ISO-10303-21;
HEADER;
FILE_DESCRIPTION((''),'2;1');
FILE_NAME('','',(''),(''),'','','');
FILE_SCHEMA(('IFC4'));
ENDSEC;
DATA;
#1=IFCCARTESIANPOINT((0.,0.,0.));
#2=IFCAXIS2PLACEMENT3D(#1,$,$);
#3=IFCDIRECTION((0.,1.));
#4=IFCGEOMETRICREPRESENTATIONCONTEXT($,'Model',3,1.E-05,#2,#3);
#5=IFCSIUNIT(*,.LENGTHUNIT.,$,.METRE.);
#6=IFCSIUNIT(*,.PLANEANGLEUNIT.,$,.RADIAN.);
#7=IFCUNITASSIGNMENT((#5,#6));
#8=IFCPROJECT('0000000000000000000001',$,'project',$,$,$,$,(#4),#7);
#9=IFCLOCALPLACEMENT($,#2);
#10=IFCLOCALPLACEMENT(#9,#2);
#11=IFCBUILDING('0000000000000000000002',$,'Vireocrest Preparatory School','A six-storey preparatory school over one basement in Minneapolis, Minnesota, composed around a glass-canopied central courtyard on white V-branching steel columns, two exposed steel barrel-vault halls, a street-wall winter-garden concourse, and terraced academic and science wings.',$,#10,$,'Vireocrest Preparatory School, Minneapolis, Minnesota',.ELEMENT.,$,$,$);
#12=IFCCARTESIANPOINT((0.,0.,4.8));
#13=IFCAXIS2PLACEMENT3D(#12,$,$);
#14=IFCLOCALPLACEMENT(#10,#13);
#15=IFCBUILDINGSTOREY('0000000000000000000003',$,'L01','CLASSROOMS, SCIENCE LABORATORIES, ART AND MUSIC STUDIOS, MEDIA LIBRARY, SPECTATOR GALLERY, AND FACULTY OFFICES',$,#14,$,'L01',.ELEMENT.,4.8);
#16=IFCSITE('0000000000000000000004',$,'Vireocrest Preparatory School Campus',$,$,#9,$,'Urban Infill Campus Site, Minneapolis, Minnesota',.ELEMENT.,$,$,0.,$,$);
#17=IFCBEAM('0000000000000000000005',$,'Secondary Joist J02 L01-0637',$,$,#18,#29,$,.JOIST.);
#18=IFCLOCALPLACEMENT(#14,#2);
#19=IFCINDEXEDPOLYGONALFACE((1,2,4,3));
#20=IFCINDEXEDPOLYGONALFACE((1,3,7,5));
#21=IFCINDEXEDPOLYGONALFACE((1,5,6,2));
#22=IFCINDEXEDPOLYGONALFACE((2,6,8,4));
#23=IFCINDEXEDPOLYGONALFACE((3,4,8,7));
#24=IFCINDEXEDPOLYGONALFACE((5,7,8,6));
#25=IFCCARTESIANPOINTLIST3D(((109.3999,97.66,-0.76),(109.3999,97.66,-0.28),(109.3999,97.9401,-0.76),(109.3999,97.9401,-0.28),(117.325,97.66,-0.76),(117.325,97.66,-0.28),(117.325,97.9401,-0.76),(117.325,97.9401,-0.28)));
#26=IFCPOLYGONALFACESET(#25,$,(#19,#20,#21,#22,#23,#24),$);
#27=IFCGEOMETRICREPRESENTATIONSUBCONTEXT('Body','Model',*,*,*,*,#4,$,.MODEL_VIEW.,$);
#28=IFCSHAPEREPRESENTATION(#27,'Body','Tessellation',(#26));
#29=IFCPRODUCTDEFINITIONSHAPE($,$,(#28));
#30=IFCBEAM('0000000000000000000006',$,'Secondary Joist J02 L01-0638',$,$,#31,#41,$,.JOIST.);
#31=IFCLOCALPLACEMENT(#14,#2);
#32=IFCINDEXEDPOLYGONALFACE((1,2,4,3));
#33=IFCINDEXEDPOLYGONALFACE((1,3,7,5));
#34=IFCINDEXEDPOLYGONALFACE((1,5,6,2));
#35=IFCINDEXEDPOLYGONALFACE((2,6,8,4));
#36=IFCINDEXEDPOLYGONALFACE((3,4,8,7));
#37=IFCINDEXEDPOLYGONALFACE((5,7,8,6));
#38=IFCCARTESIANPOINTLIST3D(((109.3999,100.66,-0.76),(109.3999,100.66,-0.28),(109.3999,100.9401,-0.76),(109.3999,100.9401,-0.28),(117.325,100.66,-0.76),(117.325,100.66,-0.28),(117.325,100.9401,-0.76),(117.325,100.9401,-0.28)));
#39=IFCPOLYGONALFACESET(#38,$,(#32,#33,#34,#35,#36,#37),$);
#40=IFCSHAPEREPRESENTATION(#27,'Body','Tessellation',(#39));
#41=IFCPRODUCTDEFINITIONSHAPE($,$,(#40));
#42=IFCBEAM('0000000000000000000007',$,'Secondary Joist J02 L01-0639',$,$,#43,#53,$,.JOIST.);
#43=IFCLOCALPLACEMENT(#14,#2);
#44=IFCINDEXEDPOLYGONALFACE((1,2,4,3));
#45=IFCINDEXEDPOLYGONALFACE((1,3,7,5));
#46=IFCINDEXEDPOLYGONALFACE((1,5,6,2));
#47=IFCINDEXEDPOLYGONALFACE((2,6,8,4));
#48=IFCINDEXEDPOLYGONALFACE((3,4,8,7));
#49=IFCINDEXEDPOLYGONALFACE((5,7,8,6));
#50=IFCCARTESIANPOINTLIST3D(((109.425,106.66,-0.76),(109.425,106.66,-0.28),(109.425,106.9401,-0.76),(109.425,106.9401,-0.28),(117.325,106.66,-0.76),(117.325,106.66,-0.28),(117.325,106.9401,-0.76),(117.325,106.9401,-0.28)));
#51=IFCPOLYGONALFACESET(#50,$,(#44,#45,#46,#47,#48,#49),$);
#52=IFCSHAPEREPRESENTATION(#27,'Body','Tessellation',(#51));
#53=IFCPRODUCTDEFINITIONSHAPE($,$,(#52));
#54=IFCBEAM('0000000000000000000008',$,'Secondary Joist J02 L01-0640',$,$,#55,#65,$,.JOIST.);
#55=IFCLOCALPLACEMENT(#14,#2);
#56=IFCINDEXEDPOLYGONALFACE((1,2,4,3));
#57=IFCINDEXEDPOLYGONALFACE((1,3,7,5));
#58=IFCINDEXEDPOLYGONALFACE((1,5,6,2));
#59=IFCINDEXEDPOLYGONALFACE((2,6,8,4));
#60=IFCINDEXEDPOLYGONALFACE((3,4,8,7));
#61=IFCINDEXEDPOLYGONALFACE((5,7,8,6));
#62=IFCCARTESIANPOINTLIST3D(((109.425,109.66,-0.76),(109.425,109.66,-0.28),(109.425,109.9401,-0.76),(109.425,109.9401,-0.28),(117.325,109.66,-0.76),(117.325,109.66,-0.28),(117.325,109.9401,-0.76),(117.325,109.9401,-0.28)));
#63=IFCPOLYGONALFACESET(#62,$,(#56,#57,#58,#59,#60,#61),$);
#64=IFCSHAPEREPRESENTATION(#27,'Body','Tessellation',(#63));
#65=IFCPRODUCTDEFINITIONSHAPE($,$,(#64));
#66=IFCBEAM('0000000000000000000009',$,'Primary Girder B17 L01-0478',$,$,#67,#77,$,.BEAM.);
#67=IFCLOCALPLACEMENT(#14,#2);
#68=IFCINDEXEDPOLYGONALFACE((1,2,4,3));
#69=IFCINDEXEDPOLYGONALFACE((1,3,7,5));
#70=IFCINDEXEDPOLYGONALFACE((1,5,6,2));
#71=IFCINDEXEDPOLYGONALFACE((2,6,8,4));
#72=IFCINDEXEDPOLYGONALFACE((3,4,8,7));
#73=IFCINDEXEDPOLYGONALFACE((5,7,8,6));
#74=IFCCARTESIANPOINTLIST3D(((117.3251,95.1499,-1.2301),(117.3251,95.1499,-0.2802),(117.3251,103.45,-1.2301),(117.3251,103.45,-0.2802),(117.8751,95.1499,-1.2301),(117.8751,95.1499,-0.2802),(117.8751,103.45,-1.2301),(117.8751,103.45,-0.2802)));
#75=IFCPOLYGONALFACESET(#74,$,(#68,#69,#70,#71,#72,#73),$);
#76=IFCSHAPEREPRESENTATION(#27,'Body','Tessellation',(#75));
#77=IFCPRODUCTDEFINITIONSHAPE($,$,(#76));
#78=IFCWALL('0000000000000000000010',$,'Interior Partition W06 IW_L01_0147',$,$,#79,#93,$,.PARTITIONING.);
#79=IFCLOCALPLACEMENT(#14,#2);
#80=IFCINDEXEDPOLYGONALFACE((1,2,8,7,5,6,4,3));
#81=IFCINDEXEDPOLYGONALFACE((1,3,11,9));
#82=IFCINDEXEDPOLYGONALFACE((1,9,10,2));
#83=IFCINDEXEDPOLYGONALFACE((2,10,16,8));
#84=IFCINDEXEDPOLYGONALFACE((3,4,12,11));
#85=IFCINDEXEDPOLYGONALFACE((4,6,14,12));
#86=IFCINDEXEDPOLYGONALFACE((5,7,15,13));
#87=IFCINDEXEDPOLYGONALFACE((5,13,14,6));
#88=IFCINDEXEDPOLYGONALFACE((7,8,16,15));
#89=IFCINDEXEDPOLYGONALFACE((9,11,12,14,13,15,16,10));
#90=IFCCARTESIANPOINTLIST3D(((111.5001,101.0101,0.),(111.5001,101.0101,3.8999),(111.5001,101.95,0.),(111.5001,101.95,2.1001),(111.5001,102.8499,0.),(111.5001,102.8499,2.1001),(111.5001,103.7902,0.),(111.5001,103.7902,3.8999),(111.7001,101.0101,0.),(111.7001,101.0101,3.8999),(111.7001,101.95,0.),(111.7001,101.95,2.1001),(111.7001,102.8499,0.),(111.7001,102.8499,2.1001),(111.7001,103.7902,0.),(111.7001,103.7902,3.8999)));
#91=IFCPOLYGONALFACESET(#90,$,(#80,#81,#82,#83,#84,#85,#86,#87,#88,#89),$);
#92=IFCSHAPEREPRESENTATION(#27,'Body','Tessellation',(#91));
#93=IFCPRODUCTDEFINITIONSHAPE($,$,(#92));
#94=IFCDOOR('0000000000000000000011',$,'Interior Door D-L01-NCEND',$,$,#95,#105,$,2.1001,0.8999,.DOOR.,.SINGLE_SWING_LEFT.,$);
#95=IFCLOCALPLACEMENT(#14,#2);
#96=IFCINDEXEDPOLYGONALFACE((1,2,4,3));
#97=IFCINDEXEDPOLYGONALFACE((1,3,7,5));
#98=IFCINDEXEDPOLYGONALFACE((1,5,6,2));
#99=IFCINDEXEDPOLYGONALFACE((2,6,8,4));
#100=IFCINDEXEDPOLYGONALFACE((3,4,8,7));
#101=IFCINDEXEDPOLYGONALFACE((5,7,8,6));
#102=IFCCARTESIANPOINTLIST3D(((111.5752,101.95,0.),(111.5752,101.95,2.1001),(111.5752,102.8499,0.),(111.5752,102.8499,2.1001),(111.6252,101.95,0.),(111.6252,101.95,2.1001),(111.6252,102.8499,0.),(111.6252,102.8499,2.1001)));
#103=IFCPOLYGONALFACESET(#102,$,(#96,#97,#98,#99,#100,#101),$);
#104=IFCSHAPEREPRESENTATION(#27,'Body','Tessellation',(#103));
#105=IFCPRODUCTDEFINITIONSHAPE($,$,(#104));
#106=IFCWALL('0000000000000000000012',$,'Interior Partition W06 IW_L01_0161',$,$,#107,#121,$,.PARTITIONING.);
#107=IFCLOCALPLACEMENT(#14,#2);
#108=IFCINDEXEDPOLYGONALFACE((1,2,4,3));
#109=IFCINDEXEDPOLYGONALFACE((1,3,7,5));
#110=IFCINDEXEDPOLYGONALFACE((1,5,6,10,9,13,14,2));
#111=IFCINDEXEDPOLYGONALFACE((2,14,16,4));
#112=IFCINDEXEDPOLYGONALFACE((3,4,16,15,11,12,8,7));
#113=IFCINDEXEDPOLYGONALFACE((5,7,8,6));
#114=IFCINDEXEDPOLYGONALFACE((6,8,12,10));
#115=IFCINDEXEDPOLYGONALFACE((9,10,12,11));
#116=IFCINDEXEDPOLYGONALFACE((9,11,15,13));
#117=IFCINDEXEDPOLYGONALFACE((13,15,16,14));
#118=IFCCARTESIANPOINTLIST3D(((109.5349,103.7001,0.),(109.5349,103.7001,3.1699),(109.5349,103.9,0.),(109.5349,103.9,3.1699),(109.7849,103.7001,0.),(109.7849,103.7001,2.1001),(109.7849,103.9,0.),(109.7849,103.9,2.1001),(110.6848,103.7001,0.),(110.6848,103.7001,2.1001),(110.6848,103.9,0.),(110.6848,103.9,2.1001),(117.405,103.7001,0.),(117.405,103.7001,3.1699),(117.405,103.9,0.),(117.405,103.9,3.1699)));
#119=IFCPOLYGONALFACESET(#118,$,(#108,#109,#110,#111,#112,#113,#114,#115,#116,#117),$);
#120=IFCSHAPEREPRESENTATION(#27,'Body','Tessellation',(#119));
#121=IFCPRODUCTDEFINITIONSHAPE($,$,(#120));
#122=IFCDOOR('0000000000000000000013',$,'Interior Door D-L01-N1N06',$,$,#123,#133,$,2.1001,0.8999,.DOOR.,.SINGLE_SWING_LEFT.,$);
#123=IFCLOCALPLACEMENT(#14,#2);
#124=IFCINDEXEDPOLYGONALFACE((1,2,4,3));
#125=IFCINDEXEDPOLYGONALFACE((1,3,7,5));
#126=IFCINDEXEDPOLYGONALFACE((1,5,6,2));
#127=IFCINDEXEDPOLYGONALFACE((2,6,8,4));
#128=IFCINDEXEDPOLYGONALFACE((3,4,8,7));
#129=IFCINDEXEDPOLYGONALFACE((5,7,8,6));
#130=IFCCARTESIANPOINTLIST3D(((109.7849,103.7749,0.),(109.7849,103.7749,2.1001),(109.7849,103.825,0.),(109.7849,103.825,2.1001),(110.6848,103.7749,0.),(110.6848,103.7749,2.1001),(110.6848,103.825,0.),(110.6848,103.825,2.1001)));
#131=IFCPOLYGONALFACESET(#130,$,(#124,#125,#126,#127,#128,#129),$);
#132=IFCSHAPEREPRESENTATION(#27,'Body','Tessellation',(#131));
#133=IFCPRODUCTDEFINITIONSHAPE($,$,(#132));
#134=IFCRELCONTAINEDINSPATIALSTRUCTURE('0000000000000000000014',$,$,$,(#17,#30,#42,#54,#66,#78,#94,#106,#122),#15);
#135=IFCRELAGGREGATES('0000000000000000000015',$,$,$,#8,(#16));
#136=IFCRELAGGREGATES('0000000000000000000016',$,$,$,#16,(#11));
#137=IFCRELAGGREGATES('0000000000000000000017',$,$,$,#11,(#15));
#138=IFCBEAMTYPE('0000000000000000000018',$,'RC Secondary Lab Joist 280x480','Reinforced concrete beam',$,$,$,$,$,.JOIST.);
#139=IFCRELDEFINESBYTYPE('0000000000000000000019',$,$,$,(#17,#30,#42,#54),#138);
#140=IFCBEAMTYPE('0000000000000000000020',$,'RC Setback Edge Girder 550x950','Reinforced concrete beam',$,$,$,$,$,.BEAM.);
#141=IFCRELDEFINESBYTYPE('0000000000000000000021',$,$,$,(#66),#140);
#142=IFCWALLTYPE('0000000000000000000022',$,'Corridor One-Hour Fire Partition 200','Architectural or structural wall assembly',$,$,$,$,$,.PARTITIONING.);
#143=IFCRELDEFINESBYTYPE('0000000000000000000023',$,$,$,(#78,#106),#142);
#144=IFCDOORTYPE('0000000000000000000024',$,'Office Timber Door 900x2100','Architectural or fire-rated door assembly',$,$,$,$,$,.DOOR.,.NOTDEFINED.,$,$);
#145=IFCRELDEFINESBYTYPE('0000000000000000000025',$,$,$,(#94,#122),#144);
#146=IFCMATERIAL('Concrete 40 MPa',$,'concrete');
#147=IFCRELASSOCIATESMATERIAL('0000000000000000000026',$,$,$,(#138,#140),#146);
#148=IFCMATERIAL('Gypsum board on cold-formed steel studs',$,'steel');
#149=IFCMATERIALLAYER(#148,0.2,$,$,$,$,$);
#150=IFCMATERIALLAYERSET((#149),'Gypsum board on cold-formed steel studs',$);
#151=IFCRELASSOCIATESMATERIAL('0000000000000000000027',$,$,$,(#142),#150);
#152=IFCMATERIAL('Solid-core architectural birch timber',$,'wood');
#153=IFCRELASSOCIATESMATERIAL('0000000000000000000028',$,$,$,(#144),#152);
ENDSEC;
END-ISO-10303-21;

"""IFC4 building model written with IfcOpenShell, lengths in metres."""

from ifc_helpers import new_model, si_unit, direction, frame, frame_2d, origin, origin_2d, place, context, subcontext, project, spatial, rectangle, extrude, material, layer, layer_set, material_profile, profile_set, type_object, element, fill, save


model = new_model("IFC4")

# Units and contexts
model_context = context("Model", 3, precision=1e-05, world=origin(), true_north=direction((0.0, 1.0)))
body_context = subcontext(model_context, "Body", "Model", "MODEL_VIEW")
ifc_project = project(units=[si_unit("LENGTHUNIT", "METRE"), si_unit("PLANEANGLEUNIT", "RADIAN")], contexts=[model_context])

# Site, building, storey
site_placement = place(None, origin())
site = spatial("IfcSite", under=ifc_project, at=site_placement, Name="Vireocrest Preparatory School Campus", LongName="Urban Infill Campus Site, Minneapolis, Minnesota", CompositionType="ELEMENT", RefElevation=0.0)
building_placement = place(site_placement, origin())
building = spatial("IfcBuilding", under=site, at=building_placement, Name="Vireocrest Preparatory School", Description="A six-storey preparatory school over one basement in Minneapolis, Minnesota, composed around a glass-canopied central courtyard on white V-branching steel columns, two exposed steel barrel-vault halls, a street-wall winter-garden concourse, and terraced academic and science wings.", LongName="Vireocrest Preparatory School, Minneapolis, Minnesota", CompositionType="ELEMENT")
storey_placement = place(building_placement, frame((0.0, 0.0, 4.8)))
storey = spatial("IfcBuildingStorey", under=building, at=storey_placement, Name="L01", Description="CLASSROOMS, SCIENCE LABORATORIES, ART AND MUSIC STUDIOS, MEDIA LIBRARY, SPECTATOR GALLERY, AND FACULTY OFFICES", LongName="L01", CompositionType="ELEMENT", Elevation=4.8)

# Beams
ifc_material_1 = material(Name="Concrete 40 MPa", Category="concrete")
ifc_material_profile_1 = material_profile(ifc_material_1, rectangle(XDim=0.28, YDim=0.48, at=origin_2d()), Name="RC 280x480")
ifc_profile_set_1 = profile_set([ifc_material_profile_1], Name="Concrete 40 MPa")
beam_type_1 = type_object("IfcBeamType", Name="RC Secondary Lab Joist 280x480", Description="Reinforced concrete beam", PredefinedType="JOIST", material=ifc_profile_set_1)
for number, where, z_axis, x_axis, name in (
    (1, (109.3999, 97.8, -0.52), (1.0, 0.0, 0.0), (0.0, 1.0, 0.0), "Secondary Joist J02 L01-0637"),
    (2, (109.3999, 100.8, -0.52), (1.0, 0.0, 0.0), (0.0, 1.0, 0.0), "Secondary Joist J02 L01-0638"),
):
    element("IfcBeam", number, at=place(storey_placement, frame(where, z_axis=z_axis, x_axis=x_axis)), inside=storey, type_object=beam_type_1, Name=name, PredefinedType="JOIST", context=body_context, shape_type="SweptSolid", body=[
        extrude(rectangle(XDim=0.28, YDim=0.48, at=origin_2d()), origin(), (0.0, 0.0, 1.0), 7.925),
    ])
for number, where, z_axis, x_axis, name in (
    (3, (109.425, 106.8, -0.52), (1.0, 0.0, 0.0), (0.0, 1.0, 0.0), "Secondary Joist J02 L01-0639"),
    (4, (109.425, 109.8, -0.52), (1.0, 0.0, 0.0), (0.0, 1.0, 0.0), "Secondary Joist J02 L01-0640"),
):
    element("IfcBeam", number, at=place(storey_placement, frame(where, z_axis=z_axis, x_axis=x_axis)), inside=storey, type_object=beam_type_1, Name=name, PredefinedType="JOIST", context=body_context, shape_type="SweptSolid", body=[
        extrude(rectangle(XDim=0.28, YDim=0.48, at=origin_2d()), origin(), (0.0, 0.0, 1.0), 7.8999),
    ])
ifc_material_profile_2 = material_profile(ifc_material_1, rectangle(XDim=0.55, YDim=0.95, at=origin_2d()), Name="RC 550x950")
ifc_profile_set_2 = profile_set([ifc_material_profile_2], Name="Concrete 40 MPa")
beam_type_2 = type_object("IfcBeamType", Name="RC Setback Edge Girder 550x950", Description="Reinforced concrete beam", PredefinedType="BEAM", material=ifc_profile_set_2)
beam_1_placement = place(storey_placement, frame((117.6001, 95.1499, -0.7551), z_axis=(0.0, 1.0, 0.0), x_axis=(-1.0, 0.0, 0.0)))
element("IfcBeam", 5, at=beam_1_placement, inside=storey, type_object=beam_type_2, Name="Primary Girder B17 L01-0478", PredefinedType="BEAM", context=body_context, shape_type="SweptSolid", body=[
    extrude(rectangle(XDim=0.55, YDim=0.95, at=origin_2d()), origin(), (0.0, 0.0, 1.0), 8.3),
])

# Walls, openings, doors
ifc_material_2 = material(Name="Gypsum board on cold-formed steel studs", Category="steel")
ifc_layer_1 = layer(ifc_material_2, 0.2)
ifc_layer_set_1 = layer_set([ifc_layer_1], Name="Gypsum board on cold-formed steel studs")
wall_type_1 = type_object("IfcWallType", Name="Corridor One-Hour Fire Partition 200", Description="Architectural or structural wall assembly", PredefinedType="PARTITIONING", material=ifc_layer_set_1)
wall_1_placement = place(storey_placement, frame((111.6001, 101.01, 0.0), z_axis=(0.0, 0.0, 1.0), x_axis=(0.0, 1.0, 0.0)))
wall_1 = element("IfcWall", 6, at=wall_1_placement, inside=storey, type_object=wall_type_1, Name="Interior Partition W06 IW_L01_0147", PredefinedType="PARTITIONING", context=body_context, shape_type="SweptSolid", body=[
    extrude(rectangle(XDim=2.78, YDim=0.2, at=frame_2d((1.3901, 0.0))), origin(), (0.0, 0.0, 1.0), 3.8999),
])
opening_1_placement = place(wall_1_placement, frame((0.9399, 0.0, 0.0)))
opening_1 = element("IfcOpeningElement", 7, at=opening_1_placement, cuts=wall_1, PredefinedType="OPENING", context=body_context, shape_type="SweptSolid", body=[
    extrude(rectangle(XDim=0.8999, YDim=2.1001, at=frame_2d((0.45, 1.05))), frame((0.0, 0.1099, 0.0), z_axis=(0.0, -1.0, 0.0), x_axis=(1.0, 0.0, 0.0)), (0.0, 0.0, 1.0), 0.22),
])
ifc_material_3 = material(Name="Solid-core architectural birch timber", Category="wood")
door_type = type_object("IfcDoorType", Name="Office Timber Door 900x2100", Description="Architectural or fire-rated door assembly", OperationType="NOTDEFINED", PredefinedType="DOOR", material=ifc_material_3)
door_1_placement = place(opening_1_placement, origin())
door_1 = element("IfcDoor", 8, at=door_1_placement, inside=storey, type_object=door_type, Name="Interior Door D-L01-NCEND", OperationType="SINGLE_SWING_LEFT", OverallHeight=2.1001, OverallWidth=0.8999, PredefinedType="DOOR", context=body_context, shape_type="SweptSolid", body=[
    extrude(rectangle(XDim=0.8999, YDim=2.1001, at=frame_2d((0.45, 1.05))), frame((0.0, 0.0249, 0.0), z_axis=(0.0, -1.0, 0.0), x_axis=(1.0, 0.0, 0.0)), (0.0, 0.0, 1.0), 0.05),
])
fill(opening_1, door_1)
wall_2_placement = place(storey_placement, frame((109.5349, 103.8, 0.0), z_axis=(0.0, 0.0, 1.0), x_axis=(1.0, 0.0, 0.0)))
wall_2 = element("IfcWall", 9, at=wall_2_placement, inside=storey, type_object=wall_type_1, Name="Interior Partition W06 IW_L01_0161", PredefinedType="PARTITIONING", context=body_context, shape_type="SweptSolid", body=[
    extrude(rectangle(XDim=7.8701, YDim=0.2, at=frame_2d((3.9351, 0.0))), origin(), (0.0, 0.0, 1.0), 3.1699),
])
opening_2_placement = place(wall_2_placement, frame((0.25, 0.0, 0.0)))
opening_2 = element("IfcOpeningElement", 10, at=opening_2_placement, cuts=wall_2, PredefinedType="OPENING", context=body_context, shape_type="SweptSolid", body=[
    extrude(rectangle(XDim=0.8999, YDim=2.1001, at=frame_2d((0.45, 1.05))), frame((0.0, 0.1099, 0.0), z_axis=(0.0, -1.0, 0.0), x_axis=(1.0, 0.0, 0.0)), (0.0, 0.0, 1.0), 0.22),
])
door_2_placement = place(opening_2_placement, origin())
door_2 = element("IfcDoor", 11, at=door_2_placement, inside=storey, type_object=door_type, Name="Interior Door D-L01-N1N06", OperationType="SINGLE_SWING_LEFT", OverallHeight=2.1001, OverallWidth=0.8999, PredefinedType="DOOR", context=body_context, shape_type="SweptSolid", body=[
    extrude(rectangle(XDim=0.8999, YDim=2.1001, at=frame_2d((0.45, 1.05))), frame((0.0, 0.0249, 0.0), z_axis=(0.0, -1.0, 0.0), x_axis=(1.0, 0.0, 0.0)), (0.0, 0.0, 1.0), 0.05),
])
fill(opening_2, door_2)

save(model, "model.ifc")
